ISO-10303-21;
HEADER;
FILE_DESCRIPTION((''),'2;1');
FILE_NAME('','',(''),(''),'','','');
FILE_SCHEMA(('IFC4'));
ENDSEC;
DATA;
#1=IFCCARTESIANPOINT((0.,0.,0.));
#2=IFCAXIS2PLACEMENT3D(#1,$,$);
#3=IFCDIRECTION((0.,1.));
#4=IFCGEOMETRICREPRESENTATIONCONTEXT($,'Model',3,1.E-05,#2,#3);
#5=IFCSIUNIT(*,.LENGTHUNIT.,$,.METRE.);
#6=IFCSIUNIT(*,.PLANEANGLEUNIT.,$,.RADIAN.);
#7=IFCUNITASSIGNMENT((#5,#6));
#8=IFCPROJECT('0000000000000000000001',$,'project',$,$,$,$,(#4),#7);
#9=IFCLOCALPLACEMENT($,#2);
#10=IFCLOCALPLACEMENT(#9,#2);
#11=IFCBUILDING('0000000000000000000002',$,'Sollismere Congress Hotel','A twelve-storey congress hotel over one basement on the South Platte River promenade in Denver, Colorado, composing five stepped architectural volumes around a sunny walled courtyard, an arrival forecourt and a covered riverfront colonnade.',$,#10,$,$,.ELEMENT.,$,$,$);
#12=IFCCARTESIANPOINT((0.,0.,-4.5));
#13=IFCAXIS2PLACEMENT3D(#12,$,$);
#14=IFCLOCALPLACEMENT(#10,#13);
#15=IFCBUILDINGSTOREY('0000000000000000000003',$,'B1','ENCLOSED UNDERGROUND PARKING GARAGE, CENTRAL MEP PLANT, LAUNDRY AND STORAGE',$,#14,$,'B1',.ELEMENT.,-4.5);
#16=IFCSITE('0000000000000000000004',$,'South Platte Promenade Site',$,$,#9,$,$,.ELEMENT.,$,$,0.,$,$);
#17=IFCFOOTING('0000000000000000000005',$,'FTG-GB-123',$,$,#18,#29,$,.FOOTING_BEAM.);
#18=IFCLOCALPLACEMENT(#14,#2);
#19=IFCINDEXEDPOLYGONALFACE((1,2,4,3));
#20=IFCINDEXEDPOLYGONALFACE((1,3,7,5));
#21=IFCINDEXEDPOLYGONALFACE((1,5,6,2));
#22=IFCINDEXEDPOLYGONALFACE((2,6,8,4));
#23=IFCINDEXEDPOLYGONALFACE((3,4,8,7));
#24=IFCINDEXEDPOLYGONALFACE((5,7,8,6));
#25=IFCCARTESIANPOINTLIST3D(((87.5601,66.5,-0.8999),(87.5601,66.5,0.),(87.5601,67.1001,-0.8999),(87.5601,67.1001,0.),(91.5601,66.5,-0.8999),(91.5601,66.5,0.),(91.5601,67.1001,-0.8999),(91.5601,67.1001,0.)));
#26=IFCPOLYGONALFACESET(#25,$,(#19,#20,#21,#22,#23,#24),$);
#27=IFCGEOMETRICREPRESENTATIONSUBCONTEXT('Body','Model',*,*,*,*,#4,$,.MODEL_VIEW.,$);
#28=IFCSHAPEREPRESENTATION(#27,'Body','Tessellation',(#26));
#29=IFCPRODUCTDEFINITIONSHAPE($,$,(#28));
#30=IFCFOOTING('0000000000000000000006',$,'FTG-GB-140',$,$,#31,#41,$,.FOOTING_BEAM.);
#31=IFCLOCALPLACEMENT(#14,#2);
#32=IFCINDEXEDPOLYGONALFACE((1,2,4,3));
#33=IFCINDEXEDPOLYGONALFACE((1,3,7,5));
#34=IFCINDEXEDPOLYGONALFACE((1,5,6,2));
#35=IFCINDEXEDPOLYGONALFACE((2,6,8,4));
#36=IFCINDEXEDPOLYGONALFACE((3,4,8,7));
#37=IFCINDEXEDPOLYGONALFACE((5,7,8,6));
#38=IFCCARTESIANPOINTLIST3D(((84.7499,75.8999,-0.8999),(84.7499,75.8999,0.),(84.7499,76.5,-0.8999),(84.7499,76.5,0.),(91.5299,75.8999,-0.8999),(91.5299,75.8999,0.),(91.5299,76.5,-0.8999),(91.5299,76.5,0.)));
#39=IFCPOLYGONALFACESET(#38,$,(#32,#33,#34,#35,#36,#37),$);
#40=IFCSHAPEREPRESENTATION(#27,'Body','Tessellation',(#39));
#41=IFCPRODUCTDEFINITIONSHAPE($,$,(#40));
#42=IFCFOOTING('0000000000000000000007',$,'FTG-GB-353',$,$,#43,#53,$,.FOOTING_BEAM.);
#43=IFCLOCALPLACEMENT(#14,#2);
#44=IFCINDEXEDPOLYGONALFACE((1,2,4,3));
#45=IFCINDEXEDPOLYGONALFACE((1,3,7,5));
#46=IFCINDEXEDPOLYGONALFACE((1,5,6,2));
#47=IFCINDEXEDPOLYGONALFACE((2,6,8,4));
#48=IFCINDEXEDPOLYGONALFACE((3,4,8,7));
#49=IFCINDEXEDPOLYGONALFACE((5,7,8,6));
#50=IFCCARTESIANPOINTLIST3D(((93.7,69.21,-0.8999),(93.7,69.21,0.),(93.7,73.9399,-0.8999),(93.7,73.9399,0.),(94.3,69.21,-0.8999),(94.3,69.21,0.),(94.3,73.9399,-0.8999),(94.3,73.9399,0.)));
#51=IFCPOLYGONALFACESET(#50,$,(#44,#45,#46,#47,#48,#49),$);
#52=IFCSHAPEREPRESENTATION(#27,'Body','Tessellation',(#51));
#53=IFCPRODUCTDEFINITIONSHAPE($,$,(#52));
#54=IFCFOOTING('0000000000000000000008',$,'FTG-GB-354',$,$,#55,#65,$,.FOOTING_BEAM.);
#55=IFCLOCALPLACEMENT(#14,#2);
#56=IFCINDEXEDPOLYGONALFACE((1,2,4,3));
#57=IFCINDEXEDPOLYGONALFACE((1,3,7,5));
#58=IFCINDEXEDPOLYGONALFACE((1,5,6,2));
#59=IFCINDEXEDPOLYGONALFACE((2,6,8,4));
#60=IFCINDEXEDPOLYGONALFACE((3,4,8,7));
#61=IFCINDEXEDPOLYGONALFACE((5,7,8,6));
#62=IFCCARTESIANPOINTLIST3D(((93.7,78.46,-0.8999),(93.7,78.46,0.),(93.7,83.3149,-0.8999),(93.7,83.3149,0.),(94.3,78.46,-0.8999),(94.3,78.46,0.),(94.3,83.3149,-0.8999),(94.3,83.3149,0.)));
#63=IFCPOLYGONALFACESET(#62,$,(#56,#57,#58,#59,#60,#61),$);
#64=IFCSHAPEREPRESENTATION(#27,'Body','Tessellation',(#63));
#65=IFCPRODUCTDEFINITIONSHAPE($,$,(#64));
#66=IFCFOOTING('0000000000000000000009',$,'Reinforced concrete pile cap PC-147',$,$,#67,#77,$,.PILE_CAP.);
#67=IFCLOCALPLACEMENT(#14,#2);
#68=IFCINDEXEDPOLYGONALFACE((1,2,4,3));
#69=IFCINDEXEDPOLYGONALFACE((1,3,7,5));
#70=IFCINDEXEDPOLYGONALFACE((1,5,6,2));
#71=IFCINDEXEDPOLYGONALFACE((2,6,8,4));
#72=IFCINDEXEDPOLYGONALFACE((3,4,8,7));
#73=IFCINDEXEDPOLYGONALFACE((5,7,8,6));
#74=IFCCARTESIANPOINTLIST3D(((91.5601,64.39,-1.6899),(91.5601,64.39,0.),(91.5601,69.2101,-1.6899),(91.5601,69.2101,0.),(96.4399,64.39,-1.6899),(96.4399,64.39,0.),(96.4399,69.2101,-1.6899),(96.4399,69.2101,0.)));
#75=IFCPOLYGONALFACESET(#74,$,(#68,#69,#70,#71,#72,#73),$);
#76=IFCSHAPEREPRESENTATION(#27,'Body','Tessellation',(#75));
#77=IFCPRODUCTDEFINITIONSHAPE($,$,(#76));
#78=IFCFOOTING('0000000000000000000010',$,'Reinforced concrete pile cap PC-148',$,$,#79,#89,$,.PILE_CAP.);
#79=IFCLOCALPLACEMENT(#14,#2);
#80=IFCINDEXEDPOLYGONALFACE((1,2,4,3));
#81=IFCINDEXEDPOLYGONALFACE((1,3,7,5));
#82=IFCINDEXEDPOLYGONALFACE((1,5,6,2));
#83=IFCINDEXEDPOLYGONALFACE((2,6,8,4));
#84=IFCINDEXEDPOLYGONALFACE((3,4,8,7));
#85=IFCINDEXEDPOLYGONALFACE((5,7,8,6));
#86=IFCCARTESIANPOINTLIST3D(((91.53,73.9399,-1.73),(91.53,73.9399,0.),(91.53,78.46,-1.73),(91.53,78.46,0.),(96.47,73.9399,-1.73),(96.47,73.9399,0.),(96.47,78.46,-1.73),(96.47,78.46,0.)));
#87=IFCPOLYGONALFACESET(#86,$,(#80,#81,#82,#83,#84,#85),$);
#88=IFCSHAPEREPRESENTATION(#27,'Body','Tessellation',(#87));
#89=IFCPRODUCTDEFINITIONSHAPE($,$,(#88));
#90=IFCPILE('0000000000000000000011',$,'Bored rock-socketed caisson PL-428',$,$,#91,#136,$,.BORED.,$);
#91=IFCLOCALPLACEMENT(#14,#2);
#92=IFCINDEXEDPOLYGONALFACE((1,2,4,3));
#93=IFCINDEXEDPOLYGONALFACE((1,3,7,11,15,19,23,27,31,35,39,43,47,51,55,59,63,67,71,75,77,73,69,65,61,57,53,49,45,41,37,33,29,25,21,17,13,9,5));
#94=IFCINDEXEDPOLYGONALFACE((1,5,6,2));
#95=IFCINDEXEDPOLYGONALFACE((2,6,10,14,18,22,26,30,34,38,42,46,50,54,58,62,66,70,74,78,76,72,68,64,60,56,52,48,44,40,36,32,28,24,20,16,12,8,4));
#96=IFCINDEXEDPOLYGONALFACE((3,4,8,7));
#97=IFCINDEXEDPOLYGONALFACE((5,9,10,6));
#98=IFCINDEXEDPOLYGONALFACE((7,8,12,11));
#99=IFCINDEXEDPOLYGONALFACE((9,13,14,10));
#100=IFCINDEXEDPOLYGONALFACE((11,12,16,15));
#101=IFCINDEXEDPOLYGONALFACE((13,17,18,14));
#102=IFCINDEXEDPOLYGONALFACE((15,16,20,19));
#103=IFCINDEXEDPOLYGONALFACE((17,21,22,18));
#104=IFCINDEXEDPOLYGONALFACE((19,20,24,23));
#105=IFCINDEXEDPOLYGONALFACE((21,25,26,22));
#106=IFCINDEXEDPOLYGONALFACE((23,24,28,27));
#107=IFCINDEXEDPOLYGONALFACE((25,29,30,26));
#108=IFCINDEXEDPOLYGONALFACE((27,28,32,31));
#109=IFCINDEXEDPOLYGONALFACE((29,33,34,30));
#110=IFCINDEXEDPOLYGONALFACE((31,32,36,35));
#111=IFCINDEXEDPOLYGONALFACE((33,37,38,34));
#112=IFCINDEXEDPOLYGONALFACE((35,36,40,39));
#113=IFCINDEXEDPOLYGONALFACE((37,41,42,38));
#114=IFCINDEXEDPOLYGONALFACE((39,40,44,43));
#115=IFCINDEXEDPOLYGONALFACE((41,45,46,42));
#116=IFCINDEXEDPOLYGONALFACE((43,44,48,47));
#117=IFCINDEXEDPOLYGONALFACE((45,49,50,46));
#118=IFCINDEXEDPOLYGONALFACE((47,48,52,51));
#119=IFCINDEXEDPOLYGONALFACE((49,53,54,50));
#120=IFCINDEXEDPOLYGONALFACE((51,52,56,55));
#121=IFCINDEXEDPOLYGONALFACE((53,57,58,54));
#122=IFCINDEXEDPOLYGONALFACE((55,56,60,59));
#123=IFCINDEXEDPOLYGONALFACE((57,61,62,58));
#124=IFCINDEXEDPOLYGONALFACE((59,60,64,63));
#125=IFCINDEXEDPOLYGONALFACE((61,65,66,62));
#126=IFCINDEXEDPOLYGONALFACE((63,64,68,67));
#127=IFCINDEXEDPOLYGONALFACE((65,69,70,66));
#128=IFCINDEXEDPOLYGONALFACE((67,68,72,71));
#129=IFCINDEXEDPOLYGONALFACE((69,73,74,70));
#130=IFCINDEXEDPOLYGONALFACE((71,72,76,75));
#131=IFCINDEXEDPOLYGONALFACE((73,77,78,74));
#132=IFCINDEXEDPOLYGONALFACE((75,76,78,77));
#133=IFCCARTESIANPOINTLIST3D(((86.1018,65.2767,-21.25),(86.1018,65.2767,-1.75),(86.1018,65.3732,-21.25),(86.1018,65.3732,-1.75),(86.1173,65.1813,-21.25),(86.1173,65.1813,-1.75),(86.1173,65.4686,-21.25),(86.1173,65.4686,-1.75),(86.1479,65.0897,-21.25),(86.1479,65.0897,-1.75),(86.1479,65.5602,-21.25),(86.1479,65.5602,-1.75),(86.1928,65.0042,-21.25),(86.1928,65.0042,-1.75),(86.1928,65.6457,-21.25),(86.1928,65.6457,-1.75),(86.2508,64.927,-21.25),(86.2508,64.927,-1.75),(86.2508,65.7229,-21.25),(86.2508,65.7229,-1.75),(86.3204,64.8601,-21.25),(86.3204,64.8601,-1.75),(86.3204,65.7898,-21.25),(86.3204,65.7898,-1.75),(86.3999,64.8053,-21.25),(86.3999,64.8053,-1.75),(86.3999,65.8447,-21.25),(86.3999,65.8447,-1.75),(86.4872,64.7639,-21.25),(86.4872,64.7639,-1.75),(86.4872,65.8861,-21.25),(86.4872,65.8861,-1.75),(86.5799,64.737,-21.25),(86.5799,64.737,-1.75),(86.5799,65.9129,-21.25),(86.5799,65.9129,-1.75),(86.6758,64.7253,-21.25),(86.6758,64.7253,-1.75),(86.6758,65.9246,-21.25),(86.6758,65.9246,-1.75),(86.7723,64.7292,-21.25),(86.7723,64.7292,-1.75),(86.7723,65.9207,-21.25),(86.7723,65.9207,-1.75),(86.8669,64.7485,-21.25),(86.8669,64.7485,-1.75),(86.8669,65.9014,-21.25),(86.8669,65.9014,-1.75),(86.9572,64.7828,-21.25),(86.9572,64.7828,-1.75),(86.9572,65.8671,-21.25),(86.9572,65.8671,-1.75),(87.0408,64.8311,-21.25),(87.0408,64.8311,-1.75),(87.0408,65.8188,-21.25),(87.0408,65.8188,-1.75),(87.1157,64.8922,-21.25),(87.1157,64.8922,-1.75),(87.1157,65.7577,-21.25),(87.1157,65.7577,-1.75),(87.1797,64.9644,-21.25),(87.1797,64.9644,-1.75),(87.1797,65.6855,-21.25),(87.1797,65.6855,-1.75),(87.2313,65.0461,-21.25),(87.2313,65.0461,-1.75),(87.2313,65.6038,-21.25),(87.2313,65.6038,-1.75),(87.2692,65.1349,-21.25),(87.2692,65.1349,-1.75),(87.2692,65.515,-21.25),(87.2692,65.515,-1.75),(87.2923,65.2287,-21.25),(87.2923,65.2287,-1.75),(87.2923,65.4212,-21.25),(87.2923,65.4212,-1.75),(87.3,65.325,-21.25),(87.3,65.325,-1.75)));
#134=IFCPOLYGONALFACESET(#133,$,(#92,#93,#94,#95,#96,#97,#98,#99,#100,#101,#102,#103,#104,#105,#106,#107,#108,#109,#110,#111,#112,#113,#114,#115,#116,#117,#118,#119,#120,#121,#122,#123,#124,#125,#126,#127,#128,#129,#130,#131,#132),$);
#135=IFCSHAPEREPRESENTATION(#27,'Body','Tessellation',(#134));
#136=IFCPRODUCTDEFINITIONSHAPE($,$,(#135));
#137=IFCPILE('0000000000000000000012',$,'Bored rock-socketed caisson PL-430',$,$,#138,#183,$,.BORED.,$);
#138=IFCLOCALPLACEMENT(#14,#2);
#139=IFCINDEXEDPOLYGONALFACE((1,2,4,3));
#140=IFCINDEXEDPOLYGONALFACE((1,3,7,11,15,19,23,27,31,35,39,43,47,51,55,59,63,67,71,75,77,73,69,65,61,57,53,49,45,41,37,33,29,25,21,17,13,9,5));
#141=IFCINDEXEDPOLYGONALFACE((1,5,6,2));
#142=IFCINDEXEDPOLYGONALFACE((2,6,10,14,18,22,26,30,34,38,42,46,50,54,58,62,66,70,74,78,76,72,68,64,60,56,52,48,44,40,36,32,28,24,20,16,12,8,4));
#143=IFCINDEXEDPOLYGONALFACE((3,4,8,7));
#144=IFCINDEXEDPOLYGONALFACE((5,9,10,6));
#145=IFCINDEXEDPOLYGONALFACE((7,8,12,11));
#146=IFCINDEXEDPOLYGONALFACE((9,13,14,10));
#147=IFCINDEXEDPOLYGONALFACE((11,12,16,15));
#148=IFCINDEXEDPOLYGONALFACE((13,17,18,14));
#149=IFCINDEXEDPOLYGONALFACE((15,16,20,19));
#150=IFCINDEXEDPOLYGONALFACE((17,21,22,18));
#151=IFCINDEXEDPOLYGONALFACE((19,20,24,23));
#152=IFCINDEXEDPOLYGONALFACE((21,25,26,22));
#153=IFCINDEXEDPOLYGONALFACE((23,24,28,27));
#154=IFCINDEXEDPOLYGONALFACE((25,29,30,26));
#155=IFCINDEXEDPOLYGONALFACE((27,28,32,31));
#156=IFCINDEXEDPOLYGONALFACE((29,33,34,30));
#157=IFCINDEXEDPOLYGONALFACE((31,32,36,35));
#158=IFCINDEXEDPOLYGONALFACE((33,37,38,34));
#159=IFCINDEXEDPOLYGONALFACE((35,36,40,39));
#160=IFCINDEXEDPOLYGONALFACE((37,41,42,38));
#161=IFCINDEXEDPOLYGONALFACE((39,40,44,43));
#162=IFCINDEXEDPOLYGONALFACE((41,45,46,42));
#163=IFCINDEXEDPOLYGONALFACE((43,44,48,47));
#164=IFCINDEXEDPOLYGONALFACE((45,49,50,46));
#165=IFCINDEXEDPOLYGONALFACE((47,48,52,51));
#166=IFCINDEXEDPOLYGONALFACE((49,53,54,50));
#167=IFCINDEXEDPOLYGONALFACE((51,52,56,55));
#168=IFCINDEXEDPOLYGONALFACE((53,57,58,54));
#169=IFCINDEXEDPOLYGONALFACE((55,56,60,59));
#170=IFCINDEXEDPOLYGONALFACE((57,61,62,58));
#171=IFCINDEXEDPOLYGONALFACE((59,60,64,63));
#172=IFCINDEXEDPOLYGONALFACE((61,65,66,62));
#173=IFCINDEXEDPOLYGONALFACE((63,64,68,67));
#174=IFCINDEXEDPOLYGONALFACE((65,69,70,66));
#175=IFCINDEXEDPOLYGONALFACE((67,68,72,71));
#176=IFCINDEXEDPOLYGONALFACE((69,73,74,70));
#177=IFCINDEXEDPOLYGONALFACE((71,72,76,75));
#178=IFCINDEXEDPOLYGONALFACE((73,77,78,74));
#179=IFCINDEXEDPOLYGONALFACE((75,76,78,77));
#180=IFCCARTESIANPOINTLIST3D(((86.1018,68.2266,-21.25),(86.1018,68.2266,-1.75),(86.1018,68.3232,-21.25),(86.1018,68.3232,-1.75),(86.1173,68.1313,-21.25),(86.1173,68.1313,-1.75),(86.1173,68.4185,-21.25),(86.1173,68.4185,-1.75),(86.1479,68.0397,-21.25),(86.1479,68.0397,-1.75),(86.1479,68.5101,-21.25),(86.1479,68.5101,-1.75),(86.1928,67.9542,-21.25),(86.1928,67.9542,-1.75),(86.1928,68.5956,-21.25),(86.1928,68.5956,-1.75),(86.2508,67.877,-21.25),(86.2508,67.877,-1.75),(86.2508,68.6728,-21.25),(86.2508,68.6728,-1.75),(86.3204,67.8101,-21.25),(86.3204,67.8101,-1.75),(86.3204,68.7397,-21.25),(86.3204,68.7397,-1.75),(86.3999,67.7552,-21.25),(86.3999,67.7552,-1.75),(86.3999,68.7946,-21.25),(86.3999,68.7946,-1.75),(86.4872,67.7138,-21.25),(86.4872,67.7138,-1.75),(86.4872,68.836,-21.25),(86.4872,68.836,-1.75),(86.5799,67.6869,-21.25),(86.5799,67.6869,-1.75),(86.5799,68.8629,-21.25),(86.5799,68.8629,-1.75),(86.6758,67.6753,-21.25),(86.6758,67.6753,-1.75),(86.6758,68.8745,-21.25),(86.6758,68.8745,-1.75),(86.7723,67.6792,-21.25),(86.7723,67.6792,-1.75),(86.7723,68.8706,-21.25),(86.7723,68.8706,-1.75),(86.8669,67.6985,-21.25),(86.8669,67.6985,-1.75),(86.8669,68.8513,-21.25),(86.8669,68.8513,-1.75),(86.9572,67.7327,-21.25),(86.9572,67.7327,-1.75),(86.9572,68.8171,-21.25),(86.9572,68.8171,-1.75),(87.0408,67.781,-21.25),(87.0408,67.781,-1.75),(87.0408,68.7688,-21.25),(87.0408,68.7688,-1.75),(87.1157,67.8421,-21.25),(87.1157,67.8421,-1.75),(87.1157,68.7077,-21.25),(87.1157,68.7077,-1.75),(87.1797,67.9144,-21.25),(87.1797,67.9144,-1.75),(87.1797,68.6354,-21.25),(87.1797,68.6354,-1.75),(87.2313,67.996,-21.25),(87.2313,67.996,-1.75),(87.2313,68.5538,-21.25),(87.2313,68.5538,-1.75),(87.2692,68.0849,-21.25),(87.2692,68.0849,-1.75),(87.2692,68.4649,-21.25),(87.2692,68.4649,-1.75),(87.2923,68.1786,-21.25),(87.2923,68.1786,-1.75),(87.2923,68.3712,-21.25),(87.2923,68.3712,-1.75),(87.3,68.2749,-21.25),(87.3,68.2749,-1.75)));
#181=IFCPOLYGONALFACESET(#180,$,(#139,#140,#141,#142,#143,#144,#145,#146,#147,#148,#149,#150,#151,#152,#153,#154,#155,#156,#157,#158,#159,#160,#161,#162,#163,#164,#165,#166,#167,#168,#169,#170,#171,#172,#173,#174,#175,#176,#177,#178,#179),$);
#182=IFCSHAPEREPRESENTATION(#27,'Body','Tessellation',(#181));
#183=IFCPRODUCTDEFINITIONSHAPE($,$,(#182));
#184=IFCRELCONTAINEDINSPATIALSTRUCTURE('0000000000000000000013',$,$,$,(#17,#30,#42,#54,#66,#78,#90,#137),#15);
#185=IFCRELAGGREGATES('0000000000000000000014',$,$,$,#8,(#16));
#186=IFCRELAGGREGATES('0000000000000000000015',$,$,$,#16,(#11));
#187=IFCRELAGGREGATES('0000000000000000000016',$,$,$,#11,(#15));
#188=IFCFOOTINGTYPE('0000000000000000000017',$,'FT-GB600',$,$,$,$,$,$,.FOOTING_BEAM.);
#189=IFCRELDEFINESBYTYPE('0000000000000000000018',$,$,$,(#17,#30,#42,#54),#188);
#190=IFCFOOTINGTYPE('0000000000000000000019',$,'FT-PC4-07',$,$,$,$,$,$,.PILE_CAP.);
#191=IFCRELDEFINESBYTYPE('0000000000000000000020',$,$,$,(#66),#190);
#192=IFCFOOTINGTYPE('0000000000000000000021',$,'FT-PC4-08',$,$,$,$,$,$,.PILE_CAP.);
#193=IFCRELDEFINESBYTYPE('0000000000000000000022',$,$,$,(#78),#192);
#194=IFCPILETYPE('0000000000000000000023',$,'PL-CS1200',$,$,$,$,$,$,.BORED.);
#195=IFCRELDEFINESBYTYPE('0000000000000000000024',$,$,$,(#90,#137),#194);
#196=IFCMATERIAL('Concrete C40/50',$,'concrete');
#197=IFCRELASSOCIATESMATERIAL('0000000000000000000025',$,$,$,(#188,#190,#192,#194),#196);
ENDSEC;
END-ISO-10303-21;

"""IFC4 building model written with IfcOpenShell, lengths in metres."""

from ifc_helpers import new_model, si_unit, direction, frame, origin, origin_2d, place, context, subcontext, project, spatial, rectangle, circle, extrude, material, material_profile, profile_set, type_object, element, save


model = new_model("IFC4")

# Units and contexts
model_context = context("Model", 3, precision=1e-05, world=origin(), true_north=direction((0.0, 1.0)))
body_context = subcontext(model_context, "Body", "Model", "MODEL_VIEW")
ifc_project = project(units=[si_unit("LENGTHUNIT", "METRE"), si_unit("PLANEANGLEUNIT", "RADIAN")], contexts=[model_context])

# Site, building, storey
site_placement = place(None, origin())
site = spatial("IfcSite", under=ifc_project, at=site_placement, Name="South Platte Promenade Site", CompositionType="ELEMENT", RefElevation=0.0)
building_placement = place(site_placement, origin())
building = spatial("IfcBuilding", under=site, at=building_placement, Name="Sollismere Congress Hotel", Description="A twelve-storey congress hotel over one basement on the South Platte River promenade in Denver, Colorado, composing five stepped architectural volumes around a sunny walled courtyard, an arrival forecourt and a covered riverfront colonnade.", CompositionType="ELEMENT")
storey_placement = place(building_placement, frame((0.0, 0.0, -4.5)))
storey = spatial("IfcBuildingStorey", under=building, at=storey_placement, Name="B1", Description="ENCLOSED UNDERGROUND PARKING GARAGE, CENTRAL MEP PLANT, LAUNDRY AND STORAGE", LongName="B1", CompositionType="ELEMENT", Elevation=-4.5)

# Footings
ifc_material_1 = material(Name="Concrete C40/50", Category="concrete")
footing_type_1 = type_object("IfcFootingType", Name="FT-GB600", PredefinedType="FOOTING_BEAM", material=ifc_material_1)
footing_1_placement = place(storey_placement, frame((89.5601, 66.8, -0.8999), z_axis=(0.0, 0.0, 1.0), x_axis=(1.0, 0.0, 0.0)))
element("IfcFooting", 1, at=footing_1_placement, inside=storey, type_object=footing_type_1, Name="FTG-GB-123", PredefinedType="FOOTING_BEAM", context=body_context, shape_type="SweptSolid", body=[
    extrude(rectangle(XDim=4.0, YDim=0.6001, at=origin_2d()), origin(), (0.0, 0.0, 1.0), 0.8999),
])
footing_2_placement = place(storey_placement, frame((88.1399, 76.2, -0.8999), z_axis=(0.0, 0.0, 1.0), x_axis=(1.0, 0.0, 0.0)))
element("IfcFooting", 2, at=footing_2_placement, inside=storey, type_object=footing_type_1, Name="FTG-GB-140", PredefinedType="FOOTING_BEAM", context=body_context, shape_type="SweptSolid", body=[
    extrude(rectangle(XDim=6.78, YDim=0.6001, at=origin_2d()), origin(), (0.0, 0.0, 1.0), 0.8999),
])
footing_3_placement = place(storey_placement, frame((94.0, 71.575, -0.8999), z_axis=(0.0, 0.0, 1.0), x_axis=(0.0, 1.0, 0.0)))
element("IfcFooting", 3, at=footing_3_placement, inside=storey, type_object=footing_type_1, Name="FTG-GB-353", PredefinedType="FOOTING_BEAM", context=body_context, shape_type="SweptSolid", body=[
    extrude(rectangle(XDim=4.73, YDim=0.6001, at=origin_2d()), origin(), (0.0, 0.0, 1.0), 0.8999),
])
footing_4_placement = place(storey_placement, frame((94.0, 80.8875, -0.8999), z_axis=(0.0, 0.0, 1.0), x_axis=(0.0, 1.0, 0.0)))
element("IfcFooting", 4, at=footing_4_placement, inside=storey, type_object=footing_type_1, Name="FTG-GB-354", PredefinedType="FOOTING_BEAM", context=body_context, shape_type="SweptSolid", body=[
    extrude(rectangle(XDim=4.855, YDim=0.6001, at=origin_2d()), origin(), (0.0, 0.0, 1.0), 0.8999),
])
footing_type_2 = type_object("IfcFootingType", Name="FT-PC4-07", PredefinedType="PILE_CAP", material=ifc_material_1)
footing_5_placement = place(storey_placement, frame((94.0, 66.8, -1.6899), z_axis=(0.0, 0.0, 1.0), x_axis=(1.0, 0.0, 0.0)))
element("IfcFooting", 5, at=footing_5_placement, inside=storey, type_object=footing_type_2, Name="Reinforced concrete pile cap PC-147", PredefinedType="PILE_CAP", context=body_context, shape_type="SweptSolid", body=[
    extrude(rectangle(XDim=4.8799, YDim=4.8201, at=origin_2d()), origin(), (0.0, 0.0, 1.0), 1.6899),
])
footing_type_3 = type_object("IfcFootingType", Name="FT-PC4-08", PredefinedType="PILE_CAP", material=ifc_material_1)
footing_6_placement = place(storey_placement, frame((94.0, 76.2, -1.73), z_axis=(0.0, 0.0, 1.0), x_axis=(1.0, 0.0, 0.0)))
element("IfcFooting", 6, at=footing_6_placement, inside=storey, type_object=footing_type_3, Name="Reinforced concrete pile cap PC-148", PredefinedType="PILE_CAP", context=body_context, shape_type="SweptSolid", body=[
    extrude(rectangle(XDim=4.9399, YDim=4.52, at=origin_2d()), origin(), (0.0, 0.0, 1.0), 1.73),
])

# Piles
ifc_material_profile_1 = material_profile(ifc_material_1, circle(Radius=0.6001, at=origin_2d()), Name="CAISSON1200")
ifc_profile_set_1 = profile_set([ifc_material_profile_1], Name="Concrete C40/50")
pile_type = type_object("IfcPileType", Name="PL-CS1200", PredefinedType="BORED", material=ifc_profile_set_1)
for number, where, z_axis, x_axis, name in (
    (7, (86.7, 65.325, -1.75), (0.0, 0.0, -1.0), (1.0, 0.0, 0.0), "Bored rock-socketed caisson PL-428"),
    (8, (86.7, 68.2749, -1.75), (0.0, 0.0, -1.0), (1.0, 0.0, 0.0), "Bored rock-socketed caisson PL-430"),
):
    element("IfcPile", number, at=place(storey_placement, frame(where, z_axis=z_axis, x_axis=x_axis)), inside=storey, type_object=pile_type, Name=name, PredefinedType="BORED", context=body_context, shape_type="SweptSolid", body=[
        extrude(circle(Radius=0.6001, at=origin_2d()), origin(), (0.0, 0.0, 1.0), 19.5),
    ])

save(model, "model.ifc")
